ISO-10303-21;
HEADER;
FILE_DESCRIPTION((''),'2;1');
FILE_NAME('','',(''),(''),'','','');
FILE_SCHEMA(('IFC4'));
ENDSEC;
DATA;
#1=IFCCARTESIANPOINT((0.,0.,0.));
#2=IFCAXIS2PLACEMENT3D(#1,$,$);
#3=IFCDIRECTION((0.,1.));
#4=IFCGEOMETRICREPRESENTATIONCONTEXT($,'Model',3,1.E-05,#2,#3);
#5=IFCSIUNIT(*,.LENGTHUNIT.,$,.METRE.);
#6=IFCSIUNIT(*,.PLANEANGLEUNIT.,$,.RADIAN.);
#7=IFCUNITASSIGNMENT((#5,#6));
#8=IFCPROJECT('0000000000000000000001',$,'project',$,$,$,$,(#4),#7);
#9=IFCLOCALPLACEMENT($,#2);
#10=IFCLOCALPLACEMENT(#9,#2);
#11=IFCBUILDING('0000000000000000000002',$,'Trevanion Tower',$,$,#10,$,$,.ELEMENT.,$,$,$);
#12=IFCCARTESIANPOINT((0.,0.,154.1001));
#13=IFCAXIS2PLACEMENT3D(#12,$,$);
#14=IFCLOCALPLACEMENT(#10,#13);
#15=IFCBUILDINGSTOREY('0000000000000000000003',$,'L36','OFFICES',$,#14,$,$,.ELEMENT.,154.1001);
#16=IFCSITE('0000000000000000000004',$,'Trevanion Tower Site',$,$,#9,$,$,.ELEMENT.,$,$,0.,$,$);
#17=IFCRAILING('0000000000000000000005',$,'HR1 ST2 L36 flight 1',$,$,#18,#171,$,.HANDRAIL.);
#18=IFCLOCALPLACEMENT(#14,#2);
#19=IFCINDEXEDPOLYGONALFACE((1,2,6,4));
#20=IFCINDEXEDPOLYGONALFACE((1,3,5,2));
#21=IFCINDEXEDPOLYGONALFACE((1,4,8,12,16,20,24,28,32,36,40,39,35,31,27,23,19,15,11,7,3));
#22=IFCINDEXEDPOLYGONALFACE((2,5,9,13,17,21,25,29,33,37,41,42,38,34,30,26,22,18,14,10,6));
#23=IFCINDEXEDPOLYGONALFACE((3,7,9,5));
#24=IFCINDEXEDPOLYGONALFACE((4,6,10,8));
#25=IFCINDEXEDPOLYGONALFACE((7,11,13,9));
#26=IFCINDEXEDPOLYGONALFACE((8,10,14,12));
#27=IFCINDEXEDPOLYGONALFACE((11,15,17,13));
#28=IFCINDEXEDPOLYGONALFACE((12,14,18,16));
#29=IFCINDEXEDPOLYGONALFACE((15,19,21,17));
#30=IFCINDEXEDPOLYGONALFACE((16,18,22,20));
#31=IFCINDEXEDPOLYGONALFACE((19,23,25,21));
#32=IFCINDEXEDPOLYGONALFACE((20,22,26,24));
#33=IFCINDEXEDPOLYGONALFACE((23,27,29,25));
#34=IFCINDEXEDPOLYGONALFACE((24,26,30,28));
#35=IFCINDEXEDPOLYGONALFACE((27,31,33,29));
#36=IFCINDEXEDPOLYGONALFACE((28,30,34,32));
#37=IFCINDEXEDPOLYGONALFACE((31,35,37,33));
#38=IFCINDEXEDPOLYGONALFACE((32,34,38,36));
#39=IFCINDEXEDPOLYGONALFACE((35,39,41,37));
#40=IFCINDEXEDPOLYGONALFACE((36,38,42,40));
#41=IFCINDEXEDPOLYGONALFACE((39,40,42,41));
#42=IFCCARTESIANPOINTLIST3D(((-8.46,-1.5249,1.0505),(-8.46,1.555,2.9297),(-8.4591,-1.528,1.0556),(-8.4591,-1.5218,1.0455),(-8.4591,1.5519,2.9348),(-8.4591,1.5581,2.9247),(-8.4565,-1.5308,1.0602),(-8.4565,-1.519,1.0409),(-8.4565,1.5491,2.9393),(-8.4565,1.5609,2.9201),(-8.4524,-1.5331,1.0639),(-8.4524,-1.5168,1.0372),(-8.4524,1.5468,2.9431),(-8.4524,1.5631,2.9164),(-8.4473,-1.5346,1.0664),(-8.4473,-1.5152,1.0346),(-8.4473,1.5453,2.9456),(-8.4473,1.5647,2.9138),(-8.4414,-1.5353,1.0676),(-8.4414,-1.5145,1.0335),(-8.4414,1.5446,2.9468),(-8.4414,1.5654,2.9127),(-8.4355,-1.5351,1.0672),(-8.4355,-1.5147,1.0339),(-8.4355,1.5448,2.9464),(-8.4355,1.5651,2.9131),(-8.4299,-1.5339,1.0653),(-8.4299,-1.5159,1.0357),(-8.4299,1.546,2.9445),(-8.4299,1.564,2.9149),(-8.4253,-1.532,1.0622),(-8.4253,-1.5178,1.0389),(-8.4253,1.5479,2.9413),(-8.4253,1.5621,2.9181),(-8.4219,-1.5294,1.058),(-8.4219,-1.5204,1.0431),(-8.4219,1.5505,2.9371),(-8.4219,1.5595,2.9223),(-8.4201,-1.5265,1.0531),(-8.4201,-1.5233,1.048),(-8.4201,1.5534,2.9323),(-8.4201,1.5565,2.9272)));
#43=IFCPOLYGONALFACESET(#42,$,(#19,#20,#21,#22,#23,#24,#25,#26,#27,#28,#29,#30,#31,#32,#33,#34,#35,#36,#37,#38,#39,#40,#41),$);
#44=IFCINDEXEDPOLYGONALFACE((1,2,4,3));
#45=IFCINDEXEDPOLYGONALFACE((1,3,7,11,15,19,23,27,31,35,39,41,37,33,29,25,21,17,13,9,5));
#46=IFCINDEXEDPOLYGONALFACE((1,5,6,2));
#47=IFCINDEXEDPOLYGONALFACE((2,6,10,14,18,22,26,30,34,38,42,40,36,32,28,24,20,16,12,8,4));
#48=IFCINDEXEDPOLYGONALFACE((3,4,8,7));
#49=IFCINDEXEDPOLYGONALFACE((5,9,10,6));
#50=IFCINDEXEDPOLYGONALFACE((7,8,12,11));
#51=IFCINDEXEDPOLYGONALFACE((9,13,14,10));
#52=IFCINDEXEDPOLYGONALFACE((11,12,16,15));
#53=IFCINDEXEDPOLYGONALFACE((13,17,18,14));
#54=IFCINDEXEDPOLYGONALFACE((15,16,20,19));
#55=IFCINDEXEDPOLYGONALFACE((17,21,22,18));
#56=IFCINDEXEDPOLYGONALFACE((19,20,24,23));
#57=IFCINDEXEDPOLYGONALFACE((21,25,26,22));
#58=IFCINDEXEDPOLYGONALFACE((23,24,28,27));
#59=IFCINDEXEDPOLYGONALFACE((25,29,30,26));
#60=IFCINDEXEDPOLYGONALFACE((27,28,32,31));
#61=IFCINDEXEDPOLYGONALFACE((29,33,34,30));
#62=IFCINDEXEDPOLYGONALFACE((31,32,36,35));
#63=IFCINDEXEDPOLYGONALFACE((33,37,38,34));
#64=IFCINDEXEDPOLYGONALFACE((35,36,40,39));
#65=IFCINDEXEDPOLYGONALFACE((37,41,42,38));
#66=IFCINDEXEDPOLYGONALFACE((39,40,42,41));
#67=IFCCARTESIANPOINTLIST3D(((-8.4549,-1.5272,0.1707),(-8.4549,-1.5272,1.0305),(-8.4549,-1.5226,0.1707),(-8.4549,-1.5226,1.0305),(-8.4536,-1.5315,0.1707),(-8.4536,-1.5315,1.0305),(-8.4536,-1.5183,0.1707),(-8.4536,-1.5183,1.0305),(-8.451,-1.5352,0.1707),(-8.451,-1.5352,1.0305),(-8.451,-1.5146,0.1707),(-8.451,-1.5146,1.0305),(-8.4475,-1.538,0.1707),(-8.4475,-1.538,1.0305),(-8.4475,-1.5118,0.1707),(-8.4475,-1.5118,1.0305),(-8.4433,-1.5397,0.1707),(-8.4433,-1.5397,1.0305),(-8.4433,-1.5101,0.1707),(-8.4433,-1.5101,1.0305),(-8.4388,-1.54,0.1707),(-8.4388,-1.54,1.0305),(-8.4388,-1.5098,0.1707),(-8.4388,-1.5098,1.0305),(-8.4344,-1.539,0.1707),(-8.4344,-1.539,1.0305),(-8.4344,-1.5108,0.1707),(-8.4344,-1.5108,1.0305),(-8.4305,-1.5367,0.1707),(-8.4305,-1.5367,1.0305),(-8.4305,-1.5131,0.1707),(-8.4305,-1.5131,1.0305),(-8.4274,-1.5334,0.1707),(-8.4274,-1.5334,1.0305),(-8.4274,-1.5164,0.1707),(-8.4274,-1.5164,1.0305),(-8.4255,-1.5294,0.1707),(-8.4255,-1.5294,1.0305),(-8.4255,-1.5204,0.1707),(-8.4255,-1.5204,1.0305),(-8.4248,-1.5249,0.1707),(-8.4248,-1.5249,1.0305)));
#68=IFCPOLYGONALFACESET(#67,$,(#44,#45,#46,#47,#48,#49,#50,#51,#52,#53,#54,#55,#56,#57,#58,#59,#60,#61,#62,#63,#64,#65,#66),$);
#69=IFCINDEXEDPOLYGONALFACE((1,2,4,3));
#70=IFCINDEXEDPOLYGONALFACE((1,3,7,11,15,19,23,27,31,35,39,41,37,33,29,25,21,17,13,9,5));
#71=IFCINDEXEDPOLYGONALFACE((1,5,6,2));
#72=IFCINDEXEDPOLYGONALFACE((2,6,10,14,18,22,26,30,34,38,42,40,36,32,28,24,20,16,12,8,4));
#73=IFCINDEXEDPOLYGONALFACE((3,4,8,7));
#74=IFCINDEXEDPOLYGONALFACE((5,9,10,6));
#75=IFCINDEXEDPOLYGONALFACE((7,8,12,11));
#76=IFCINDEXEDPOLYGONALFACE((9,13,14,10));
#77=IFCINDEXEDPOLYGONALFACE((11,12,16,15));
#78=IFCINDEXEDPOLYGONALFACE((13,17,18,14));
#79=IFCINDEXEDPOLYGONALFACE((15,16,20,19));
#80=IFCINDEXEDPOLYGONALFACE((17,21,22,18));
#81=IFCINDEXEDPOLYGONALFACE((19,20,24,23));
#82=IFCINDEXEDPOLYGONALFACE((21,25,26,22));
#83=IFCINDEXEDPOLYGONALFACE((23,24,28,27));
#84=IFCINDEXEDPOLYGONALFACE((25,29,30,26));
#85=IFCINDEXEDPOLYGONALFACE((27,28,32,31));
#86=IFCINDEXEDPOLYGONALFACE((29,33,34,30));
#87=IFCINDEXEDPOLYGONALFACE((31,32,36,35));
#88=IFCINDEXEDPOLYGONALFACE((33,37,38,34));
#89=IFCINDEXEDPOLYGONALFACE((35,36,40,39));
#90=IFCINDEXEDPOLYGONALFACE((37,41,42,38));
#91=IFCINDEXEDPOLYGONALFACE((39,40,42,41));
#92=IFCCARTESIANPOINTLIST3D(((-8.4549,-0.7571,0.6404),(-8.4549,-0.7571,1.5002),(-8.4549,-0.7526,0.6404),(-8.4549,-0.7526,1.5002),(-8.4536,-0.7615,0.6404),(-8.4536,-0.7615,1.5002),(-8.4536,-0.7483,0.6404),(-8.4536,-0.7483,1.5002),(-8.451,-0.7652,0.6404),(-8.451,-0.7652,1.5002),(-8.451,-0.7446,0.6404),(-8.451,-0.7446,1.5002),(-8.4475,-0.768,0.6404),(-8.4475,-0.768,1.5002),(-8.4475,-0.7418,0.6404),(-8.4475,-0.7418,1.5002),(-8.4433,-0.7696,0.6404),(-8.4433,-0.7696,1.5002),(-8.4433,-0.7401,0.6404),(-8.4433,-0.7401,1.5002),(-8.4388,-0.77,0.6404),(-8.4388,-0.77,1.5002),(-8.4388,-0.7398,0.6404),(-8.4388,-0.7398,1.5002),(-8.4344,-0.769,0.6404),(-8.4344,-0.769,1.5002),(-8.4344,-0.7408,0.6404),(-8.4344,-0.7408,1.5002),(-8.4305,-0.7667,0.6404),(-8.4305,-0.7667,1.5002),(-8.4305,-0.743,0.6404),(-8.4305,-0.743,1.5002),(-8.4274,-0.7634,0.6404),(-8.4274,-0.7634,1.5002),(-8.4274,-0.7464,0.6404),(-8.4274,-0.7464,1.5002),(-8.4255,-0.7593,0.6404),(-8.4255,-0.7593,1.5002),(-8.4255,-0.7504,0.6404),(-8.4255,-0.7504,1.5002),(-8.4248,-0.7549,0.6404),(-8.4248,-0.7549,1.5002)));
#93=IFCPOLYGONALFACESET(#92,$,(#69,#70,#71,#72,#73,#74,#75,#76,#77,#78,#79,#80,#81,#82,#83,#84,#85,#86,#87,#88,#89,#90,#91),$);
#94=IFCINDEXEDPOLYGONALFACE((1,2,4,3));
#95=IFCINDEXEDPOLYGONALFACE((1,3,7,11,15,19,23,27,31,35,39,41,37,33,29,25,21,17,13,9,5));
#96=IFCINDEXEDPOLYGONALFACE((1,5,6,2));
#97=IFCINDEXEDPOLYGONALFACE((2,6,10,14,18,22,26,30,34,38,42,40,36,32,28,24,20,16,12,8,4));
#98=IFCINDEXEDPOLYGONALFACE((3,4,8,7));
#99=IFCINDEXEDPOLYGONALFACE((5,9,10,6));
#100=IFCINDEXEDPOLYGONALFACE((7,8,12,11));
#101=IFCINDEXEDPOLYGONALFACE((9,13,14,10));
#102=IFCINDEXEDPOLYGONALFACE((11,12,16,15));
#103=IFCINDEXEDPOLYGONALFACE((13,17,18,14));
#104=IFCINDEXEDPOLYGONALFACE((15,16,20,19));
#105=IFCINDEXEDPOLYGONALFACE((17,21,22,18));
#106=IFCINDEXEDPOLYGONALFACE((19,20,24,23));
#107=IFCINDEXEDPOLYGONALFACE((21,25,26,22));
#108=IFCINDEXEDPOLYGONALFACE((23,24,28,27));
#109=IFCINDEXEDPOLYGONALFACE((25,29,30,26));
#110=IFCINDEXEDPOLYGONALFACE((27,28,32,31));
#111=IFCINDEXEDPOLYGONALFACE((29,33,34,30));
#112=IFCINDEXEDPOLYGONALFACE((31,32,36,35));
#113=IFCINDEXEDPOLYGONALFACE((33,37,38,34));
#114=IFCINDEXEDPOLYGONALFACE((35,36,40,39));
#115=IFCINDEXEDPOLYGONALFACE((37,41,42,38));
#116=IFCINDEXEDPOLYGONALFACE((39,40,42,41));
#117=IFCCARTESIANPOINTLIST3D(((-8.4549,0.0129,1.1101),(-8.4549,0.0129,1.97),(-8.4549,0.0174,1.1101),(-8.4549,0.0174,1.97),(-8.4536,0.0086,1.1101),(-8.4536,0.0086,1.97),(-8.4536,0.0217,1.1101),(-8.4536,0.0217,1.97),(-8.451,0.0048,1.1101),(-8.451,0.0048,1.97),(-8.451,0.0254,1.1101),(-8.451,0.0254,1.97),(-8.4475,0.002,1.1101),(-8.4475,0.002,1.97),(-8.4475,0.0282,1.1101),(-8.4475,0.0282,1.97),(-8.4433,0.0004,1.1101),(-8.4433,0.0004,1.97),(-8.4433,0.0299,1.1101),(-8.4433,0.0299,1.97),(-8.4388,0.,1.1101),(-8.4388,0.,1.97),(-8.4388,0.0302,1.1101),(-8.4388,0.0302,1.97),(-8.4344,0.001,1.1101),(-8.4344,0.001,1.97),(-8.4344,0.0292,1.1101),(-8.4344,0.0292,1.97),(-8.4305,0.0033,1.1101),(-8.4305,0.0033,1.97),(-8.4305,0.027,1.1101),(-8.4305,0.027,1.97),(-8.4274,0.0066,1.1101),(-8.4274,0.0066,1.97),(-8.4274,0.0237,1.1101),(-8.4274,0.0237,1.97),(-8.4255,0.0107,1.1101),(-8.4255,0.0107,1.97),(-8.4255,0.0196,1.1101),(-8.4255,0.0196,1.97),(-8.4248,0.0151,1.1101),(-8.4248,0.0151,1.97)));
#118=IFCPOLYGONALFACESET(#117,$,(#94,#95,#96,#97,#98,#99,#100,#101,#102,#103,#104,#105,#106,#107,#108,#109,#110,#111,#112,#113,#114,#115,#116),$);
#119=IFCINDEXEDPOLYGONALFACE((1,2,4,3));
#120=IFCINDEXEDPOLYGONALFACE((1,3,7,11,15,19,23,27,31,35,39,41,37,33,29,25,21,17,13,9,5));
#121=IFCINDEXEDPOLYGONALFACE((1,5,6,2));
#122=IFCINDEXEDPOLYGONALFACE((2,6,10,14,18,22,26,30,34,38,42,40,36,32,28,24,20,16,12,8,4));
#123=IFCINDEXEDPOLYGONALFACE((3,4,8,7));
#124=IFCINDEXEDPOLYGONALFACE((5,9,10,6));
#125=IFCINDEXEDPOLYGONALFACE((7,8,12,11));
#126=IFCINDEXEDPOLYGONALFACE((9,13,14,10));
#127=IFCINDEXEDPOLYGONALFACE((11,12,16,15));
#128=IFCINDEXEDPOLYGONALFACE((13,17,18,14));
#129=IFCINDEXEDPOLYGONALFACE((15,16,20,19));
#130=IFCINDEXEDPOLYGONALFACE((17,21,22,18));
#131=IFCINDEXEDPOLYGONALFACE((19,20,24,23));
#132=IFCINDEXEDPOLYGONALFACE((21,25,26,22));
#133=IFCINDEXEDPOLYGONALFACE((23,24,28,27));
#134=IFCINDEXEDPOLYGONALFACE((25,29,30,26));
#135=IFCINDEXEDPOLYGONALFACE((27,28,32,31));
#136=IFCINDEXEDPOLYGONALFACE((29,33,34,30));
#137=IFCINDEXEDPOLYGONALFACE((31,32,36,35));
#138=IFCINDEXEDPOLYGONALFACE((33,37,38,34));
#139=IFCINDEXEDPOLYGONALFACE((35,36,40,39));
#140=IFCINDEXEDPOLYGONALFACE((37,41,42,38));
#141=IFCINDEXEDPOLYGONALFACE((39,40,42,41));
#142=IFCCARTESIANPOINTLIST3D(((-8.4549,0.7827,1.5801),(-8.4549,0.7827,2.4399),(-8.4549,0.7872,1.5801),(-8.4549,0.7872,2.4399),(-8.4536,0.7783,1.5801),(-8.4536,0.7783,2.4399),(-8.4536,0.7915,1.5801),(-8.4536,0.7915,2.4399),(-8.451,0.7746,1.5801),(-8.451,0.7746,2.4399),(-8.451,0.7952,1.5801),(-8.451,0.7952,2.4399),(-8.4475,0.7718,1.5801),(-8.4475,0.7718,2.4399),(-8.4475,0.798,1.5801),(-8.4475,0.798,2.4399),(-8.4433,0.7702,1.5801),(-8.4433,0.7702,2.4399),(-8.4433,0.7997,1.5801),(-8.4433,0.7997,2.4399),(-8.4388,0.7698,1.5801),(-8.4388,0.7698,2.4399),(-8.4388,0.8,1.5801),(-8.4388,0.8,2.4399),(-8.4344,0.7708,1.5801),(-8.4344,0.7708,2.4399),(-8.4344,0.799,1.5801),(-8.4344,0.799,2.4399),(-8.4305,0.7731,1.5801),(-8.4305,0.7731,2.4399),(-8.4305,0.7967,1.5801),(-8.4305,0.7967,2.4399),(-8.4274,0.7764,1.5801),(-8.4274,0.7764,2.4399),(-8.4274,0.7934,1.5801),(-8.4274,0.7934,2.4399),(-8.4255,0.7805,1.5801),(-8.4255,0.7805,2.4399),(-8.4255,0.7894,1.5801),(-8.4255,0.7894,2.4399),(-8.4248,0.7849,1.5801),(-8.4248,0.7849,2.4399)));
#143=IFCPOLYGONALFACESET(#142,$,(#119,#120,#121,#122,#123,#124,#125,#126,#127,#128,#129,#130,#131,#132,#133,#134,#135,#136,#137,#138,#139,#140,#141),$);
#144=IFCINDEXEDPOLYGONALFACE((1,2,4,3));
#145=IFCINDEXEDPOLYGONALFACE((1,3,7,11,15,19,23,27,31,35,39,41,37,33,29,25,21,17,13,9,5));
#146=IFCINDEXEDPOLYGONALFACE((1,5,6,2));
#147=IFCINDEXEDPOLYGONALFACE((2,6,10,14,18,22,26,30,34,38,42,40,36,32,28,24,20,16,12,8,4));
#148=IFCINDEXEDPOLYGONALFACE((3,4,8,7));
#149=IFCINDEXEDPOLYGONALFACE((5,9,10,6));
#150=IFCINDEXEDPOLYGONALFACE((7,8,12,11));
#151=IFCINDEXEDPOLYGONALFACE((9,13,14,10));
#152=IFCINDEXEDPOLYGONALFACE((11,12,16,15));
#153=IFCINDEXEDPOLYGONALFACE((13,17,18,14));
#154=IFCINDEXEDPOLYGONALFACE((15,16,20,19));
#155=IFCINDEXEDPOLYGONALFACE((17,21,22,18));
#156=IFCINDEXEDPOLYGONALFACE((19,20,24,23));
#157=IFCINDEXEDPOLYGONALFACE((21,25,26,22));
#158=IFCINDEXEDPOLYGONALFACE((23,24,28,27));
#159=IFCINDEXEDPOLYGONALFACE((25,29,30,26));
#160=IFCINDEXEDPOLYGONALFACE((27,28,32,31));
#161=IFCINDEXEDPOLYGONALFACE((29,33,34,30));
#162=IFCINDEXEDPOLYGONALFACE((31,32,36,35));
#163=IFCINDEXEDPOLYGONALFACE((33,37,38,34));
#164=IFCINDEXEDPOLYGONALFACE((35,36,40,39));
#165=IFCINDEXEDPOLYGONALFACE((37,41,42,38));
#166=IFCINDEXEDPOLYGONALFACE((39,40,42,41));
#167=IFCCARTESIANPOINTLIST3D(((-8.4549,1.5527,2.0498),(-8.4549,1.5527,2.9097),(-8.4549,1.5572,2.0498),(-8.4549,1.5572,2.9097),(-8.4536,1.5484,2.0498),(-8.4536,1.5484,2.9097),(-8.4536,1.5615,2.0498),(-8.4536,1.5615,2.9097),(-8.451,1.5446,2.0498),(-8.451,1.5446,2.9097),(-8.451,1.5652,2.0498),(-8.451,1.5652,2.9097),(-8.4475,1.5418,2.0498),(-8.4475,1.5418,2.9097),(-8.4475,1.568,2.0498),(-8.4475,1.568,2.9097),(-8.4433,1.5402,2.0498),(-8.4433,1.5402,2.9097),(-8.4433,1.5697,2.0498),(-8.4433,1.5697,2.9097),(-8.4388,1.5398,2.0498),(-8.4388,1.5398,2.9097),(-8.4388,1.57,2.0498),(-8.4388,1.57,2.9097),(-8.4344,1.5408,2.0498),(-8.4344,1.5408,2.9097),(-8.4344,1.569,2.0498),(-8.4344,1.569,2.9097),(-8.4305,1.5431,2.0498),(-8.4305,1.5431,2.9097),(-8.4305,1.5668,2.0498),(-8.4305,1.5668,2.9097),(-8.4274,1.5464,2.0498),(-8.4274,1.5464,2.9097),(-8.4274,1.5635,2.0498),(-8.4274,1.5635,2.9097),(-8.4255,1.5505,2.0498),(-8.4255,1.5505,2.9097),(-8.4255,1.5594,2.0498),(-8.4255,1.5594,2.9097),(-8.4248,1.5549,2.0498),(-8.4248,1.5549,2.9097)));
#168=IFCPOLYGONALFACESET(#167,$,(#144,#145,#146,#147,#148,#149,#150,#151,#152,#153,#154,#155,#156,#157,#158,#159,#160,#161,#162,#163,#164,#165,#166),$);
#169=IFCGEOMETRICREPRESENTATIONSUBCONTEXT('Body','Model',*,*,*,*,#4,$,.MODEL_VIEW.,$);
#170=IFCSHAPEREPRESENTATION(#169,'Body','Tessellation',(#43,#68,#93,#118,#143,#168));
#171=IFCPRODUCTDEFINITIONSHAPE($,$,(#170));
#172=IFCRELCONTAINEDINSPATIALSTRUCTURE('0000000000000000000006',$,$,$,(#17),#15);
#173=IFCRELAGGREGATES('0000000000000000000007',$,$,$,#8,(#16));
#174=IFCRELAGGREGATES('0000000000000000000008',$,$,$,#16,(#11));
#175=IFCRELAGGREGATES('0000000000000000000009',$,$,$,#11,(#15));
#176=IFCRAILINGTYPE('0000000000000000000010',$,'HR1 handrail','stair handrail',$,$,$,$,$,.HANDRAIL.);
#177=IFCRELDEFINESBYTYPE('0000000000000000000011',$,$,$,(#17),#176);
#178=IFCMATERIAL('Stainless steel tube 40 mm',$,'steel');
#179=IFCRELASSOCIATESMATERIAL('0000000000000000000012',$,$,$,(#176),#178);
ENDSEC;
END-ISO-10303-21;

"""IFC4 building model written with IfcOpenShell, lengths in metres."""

from ifc_helpers import new_model, si_unit, direction, frame, origin, origin_2d, place, context, subcontext, project, spatial, circle, extrude, material, type_object, element, save


model = new_model("IFC4")

# Units and contexts
model_context = context("Model", 3, precision=1e-05, world=origin(), true_north=direction((0.0, 1.0)))
body_context = subcontext(model_context, "Body", "Model", "MODEL_VIEW")
ifc_project = project(units=[si_unit("LENGTHUNIT", "METRE"), si_unit("PLANEANGLEUNIT", "RADIAN")], contexts=[model_context])

# Site, building, storey
site_placement = place(None, origin())
site = spatial("IfcSite", under=ifc_project, at=site_placement, Name="Trevanion Tower Site", CompositionType="ELEMENT", RefElevation=0.0)
building_placement = place(site_placement, origin())
building = spatial("IfcBuilding", under=site, at=building_placement, Name="Trevanion Tower", CompositionType="ELEMENT")
storey_placement = place(building_placement, frame((0.0, 0.0, 154.1001)))
storey = spatial("IfcBuildingStorey", under=building, at=storey_placement, Name="L36", Description="OFFICES", CompositionType="ELEMENT", Elevation=154.1001)

# Railing
ifc_material_1 = material(Name="Stainless steel tube 40 mm", Category="steel")
railing_type = type_object("IfcRailingType", Name="HR1 handrail", Description="stair handrail", PredefinedType="HANDRAIL", material=ifc_material_1)
for number, where, name in (
    (1, (-8.4399, -1.5249, 0.1707), "HR1 ST2 L36 flight 1"),
):
    element("IfcRailing", number, at=place(storey_placement, frame(where)), inside=storey, type_object=railing_type, Name=name, PredefinedType="HANDRAIL", context=body_context, shape_type="SweptSolid", body=[
        extrude(circle(Radius=0.02, at=origin_2d()), frame((0.0, 0.0, 0.8799), z_axis=(0.0, 0.853648, 0.52085), x_axis=(-1.0, 0.0, 0.0)), (0.0, 0.0, 1.0), 3.6079),
        extrude(circle(Radius=0.0151, at=origin_2d()), origin(), (0.0, 0.0, 1.0), 0.8599),
        extrude(circle(Radius=0.0151, at=origin_2d()), frame((0.0, 0.77, 0.4697)), (0.0, 0.0, 1.0), 0.8599),
        extrude(circle(Radius=0.0151, at=origin_2d()), frame((0.0, 1.54, 0.9395)), (0.0, 0.0, 1.0), 0.8599),
        extrude(circle(Radius=0.0151, at=origin_2d()), frame((0.0, 2.3098, 1.4094)), (0.0, 0.0, 1.0), 0.8599),
        extrude(circle(Radius=0.0151, at=origin_2d()), frame((0.0, 3.0798, 1.8792)), (0.0, 0.0, 1.0), 0.8599),
    ])

save(model, "model.ifc")
